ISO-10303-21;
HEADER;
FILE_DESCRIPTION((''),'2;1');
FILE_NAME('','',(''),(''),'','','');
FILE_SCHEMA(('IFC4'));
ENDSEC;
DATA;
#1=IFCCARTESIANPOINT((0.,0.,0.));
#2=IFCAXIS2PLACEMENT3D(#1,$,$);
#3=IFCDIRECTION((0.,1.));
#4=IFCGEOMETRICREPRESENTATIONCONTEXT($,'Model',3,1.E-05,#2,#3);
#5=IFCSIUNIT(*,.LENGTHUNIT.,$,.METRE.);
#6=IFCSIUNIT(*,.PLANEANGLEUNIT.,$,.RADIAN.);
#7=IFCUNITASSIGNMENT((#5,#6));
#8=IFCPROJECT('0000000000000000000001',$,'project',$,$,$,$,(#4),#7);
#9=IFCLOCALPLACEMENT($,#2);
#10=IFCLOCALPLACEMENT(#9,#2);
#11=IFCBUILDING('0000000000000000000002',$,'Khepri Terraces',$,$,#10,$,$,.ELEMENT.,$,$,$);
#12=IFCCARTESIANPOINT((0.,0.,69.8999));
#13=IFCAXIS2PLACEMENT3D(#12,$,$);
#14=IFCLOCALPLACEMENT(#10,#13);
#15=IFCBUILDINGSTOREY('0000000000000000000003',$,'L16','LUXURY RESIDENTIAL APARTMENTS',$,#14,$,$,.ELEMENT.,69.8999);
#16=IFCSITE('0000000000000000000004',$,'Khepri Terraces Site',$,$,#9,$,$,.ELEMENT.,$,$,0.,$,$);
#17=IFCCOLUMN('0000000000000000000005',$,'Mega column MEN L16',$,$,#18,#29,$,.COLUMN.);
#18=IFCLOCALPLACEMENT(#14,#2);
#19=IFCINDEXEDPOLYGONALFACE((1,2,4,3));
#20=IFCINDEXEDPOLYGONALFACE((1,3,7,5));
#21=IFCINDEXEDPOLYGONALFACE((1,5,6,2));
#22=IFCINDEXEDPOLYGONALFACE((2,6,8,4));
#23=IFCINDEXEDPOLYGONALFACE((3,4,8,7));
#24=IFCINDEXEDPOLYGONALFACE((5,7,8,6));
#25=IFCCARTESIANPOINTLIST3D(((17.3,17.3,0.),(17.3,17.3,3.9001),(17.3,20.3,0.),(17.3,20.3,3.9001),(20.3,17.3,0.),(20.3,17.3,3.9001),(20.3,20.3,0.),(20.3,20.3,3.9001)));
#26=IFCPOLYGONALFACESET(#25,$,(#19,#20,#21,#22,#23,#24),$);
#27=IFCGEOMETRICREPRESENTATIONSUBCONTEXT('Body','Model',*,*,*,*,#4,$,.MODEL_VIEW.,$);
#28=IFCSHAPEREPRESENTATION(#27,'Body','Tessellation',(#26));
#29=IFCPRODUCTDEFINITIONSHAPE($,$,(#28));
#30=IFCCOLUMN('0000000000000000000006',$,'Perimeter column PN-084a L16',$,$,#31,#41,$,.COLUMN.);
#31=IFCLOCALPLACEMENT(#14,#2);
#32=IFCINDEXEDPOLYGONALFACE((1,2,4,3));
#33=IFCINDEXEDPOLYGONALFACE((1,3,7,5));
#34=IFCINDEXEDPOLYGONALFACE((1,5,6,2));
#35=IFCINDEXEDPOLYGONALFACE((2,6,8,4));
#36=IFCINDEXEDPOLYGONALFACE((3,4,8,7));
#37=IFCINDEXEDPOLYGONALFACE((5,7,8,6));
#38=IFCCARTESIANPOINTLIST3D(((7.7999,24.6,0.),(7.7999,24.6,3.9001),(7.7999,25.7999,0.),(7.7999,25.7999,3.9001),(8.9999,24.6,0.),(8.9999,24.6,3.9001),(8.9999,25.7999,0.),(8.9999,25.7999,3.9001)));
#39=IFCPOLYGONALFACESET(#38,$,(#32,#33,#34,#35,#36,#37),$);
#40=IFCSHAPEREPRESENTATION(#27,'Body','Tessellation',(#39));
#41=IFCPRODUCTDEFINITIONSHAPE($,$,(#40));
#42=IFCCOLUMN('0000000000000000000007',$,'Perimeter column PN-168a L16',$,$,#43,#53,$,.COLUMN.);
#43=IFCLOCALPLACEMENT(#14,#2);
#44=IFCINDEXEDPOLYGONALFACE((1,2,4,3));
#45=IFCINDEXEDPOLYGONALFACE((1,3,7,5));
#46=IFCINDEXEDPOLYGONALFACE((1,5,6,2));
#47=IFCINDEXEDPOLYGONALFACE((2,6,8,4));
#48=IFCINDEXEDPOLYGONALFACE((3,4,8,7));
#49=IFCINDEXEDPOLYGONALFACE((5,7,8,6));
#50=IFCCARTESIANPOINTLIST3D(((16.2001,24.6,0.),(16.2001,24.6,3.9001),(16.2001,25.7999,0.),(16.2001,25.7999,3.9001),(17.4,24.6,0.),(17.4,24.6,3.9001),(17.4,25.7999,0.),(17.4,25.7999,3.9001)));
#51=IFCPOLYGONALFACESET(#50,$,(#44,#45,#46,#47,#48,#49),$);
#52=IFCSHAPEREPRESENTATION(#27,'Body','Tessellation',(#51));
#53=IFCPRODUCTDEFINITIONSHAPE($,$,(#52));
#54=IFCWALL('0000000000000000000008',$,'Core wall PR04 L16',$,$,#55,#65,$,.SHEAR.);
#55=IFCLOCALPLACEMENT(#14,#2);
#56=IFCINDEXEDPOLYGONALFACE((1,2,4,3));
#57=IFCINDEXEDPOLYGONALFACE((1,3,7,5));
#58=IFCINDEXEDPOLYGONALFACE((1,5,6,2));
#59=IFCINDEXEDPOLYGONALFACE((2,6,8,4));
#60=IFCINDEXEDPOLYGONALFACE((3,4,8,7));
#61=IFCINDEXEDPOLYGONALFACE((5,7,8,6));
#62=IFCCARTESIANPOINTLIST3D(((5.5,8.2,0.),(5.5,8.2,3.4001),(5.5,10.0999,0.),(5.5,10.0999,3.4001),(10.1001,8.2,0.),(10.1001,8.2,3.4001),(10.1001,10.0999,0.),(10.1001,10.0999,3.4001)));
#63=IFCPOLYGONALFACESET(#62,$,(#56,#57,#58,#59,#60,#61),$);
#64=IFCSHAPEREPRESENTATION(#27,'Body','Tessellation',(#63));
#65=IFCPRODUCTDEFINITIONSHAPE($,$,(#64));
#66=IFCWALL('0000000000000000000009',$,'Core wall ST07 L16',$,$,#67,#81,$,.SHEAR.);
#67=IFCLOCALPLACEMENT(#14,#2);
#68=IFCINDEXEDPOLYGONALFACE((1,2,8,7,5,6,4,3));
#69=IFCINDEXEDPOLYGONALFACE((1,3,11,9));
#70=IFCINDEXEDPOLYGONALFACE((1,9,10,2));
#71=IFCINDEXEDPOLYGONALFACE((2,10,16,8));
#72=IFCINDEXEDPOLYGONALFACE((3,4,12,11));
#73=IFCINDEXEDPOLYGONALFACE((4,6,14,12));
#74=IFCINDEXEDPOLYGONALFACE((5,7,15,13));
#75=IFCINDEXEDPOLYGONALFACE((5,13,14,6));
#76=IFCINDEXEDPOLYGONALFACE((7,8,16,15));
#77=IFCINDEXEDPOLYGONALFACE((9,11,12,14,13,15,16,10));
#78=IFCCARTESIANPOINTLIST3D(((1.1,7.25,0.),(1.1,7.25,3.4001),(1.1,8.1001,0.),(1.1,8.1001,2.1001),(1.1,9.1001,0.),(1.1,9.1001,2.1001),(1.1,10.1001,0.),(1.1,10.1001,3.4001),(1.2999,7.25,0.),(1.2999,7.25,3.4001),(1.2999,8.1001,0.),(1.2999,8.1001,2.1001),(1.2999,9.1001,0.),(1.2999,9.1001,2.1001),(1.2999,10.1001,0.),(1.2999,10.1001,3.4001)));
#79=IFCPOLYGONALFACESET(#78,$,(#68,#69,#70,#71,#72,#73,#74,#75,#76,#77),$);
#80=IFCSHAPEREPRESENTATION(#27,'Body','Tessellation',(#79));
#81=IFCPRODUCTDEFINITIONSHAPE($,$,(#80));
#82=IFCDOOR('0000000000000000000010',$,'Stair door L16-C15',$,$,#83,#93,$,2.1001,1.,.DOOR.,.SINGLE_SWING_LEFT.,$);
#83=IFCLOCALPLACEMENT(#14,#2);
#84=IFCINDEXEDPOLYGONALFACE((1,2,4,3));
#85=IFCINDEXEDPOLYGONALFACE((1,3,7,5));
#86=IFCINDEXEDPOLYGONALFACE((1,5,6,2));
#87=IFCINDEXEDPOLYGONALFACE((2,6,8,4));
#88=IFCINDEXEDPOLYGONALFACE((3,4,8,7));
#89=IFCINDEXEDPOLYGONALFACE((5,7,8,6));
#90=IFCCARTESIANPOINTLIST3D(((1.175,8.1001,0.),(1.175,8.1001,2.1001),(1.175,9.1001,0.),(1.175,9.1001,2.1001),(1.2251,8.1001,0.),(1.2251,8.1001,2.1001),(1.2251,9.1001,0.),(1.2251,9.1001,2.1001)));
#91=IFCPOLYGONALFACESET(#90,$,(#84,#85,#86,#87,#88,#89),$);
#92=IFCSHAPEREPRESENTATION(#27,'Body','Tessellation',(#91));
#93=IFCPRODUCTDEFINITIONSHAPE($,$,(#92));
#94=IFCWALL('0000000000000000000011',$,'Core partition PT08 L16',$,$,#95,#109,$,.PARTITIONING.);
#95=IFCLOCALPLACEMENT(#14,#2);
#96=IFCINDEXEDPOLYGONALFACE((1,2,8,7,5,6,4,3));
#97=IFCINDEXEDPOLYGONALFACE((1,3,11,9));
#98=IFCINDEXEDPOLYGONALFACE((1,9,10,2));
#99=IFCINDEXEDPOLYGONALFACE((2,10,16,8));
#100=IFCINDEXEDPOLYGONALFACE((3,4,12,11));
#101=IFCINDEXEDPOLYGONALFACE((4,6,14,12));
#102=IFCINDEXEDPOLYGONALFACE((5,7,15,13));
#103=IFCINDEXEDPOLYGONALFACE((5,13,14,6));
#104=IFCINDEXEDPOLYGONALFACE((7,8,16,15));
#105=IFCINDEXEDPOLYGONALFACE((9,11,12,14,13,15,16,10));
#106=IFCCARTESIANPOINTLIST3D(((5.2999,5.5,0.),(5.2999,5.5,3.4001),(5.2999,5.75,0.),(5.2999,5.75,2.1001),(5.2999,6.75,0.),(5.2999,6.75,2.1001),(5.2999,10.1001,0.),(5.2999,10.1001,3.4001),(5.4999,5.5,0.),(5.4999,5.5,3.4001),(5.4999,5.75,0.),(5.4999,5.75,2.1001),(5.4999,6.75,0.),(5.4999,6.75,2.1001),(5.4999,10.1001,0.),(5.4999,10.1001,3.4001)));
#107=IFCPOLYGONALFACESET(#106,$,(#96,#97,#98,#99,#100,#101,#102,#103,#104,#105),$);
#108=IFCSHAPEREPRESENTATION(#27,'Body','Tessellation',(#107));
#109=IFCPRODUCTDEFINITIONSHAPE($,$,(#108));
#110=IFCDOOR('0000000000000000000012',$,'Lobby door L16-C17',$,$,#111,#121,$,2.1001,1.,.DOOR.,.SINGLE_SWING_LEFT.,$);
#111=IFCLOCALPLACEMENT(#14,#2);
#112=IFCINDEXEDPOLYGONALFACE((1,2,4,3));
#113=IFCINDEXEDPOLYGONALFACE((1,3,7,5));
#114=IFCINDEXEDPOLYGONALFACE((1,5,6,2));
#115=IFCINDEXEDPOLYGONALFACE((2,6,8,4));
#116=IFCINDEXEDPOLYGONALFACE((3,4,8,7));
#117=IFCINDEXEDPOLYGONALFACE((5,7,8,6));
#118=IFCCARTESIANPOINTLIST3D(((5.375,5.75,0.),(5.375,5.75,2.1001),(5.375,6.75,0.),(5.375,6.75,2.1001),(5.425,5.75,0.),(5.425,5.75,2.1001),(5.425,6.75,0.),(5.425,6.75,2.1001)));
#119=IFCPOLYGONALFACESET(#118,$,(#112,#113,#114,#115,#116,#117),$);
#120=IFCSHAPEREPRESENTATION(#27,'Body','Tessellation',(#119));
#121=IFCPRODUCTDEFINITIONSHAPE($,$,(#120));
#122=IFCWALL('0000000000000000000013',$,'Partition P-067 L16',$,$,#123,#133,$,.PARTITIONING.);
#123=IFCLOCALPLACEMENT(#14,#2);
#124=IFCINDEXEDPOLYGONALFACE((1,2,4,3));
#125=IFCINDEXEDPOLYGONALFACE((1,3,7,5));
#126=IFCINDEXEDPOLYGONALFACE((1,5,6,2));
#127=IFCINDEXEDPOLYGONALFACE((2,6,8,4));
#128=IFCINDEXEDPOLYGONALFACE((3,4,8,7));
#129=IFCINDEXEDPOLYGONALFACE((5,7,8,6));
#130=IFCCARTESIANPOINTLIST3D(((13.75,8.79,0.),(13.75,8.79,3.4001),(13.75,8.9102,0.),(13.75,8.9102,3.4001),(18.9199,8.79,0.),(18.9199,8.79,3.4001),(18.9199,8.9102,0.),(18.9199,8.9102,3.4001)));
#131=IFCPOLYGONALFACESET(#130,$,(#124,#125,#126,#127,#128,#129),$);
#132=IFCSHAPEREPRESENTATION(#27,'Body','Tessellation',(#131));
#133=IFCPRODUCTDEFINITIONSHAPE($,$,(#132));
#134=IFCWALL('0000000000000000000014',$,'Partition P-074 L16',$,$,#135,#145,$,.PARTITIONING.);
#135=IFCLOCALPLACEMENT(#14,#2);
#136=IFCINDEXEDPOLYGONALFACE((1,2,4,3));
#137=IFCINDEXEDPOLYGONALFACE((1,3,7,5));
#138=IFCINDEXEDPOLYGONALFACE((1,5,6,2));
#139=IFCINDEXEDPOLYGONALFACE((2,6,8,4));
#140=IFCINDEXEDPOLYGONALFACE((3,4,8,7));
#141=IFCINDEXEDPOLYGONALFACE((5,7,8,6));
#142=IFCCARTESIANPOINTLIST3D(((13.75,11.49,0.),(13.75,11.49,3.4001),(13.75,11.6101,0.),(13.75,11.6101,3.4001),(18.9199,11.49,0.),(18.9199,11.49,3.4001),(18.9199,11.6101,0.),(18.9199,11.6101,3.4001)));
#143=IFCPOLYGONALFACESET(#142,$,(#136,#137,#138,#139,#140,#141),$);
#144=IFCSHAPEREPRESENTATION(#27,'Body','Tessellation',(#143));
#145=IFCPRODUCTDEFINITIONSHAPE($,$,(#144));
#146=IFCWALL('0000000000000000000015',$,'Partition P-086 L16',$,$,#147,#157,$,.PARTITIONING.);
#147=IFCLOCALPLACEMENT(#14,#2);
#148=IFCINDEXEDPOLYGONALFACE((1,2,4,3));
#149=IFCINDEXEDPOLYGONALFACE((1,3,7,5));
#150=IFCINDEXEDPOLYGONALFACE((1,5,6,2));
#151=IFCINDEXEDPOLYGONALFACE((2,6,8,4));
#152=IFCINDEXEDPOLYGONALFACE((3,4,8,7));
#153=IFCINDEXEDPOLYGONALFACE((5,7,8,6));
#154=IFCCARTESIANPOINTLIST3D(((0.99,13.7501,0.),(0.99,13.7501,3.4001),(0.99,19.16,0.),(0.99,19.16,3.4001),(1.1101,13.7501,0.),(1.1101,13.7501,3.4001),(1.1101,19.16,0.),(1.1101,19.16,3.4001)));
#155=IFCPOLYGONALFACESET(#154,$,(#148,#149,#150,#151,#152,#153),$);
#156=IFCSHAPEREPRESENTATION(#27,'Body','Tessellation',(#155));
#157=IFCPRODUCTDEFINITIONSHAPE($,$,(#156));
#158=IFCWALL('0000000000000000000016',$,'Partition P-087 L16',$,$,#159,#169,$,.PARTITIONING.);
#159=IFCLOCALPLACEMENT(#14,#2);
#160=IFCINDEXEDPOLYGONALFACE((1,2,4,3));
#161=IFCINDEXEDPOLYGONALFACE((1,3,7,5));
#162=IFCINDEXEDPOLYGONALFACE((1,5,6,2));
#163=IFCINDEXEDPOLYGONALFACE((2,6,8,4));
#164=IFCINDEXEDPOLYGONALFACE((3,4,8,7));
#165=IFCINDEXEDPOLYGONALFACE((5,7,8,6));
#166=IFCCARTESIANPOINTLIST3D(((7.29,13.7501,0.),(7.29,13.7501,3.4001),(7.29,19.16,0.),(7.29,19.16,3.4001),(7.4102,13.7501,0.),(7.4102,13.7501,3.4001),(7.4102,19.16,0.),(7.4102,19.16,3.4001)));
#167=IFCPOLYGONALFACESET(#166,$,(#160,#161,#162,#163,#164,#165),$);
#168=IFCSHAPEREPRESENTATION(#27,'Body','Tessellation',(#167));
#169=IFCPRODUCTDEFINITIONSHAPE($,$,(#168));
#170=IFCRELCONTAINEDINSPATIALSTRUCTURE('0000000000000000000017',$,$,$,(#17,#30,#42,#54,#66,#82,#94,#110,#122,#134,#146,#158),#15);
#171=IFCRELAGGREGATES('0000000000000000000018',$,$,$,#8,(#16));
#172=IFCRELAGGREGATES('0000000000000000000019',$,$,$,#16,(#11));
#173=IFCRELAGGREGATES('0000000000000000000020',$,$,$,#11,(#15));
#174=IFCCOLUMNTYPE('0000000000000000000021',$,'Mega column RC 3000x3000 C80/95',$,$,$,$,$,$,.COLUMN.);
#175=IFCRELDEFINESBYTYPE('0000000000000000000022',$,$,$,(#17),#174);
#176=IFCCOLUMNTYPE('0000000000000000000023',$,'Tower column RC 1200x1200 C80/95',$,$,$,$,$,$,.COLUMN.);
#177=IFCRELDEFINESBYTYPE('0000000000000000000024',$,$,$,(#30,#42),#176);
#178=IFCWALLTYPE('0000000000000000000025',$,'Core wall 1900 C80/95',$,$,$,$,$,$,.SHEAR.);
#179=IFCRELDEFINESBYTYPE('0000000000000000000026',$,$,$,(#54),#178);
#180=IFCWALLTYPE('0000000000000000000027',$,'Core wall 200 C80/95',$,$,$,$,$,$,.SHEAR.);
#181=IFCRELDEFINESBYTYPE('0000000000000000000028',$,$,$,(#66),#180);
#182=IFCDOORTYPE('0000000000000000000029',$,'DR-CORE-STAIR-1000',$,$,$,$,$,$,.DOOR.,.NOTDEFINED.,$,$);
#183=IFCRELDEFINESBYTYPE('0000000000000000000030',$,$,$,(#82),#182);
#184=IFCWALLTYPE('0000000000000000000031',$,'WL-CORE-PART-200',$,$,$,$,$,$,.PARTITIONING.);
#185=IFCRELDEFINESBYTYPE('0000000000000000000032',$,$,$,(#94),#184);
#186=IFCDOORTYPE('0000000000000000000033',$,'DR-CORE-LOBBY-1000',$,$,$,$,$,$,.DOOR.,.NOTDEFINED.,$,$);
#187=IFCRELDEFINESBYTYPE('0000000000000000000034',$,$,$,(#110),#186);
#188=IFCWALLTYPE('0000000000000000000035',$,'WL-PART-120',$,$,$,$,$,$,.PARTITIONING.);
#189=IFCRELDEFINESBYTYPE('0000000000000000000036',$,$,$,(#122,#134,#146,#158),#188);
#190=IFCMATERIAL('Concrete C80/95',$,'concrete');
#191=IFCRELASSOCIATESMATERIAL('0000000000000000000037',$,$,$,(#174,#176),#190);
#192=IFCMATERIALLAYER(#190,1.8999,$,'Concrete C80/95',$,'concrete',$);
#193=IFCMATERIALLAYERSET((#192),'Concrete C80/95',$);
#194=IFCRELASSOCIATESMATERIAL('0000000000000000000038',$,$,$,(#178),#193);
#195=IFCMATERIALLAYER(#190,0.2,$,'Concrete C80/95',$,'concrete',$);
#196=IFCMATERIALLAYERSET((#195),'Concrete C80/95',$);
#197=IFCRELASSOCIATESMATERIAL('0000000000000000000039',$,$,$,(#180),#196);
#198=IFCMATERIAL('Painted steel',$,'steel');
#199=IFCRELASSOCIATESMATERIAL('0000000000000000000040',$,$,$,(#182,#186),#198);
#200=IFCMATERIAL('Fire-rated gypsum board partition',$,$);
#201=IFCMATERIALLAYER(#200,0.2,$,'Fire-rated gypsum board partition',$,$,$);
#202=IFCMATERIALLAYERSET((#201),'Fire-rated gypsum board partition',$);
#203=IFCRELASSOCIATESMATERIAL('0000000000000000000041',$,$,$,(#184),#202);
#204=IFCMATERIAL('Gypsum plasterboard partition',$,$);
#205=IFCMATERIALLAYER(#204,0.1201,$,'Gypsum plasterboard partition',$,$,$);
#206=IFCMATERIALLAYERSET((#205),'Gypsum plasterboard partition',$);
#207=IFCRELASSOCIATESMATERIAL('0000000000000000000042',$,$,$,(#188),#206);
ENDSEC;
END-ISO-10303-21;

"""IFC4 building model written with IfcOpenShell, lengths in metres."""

from ifc_helpers import new_model, si_unit, direction, frame, frame_2d, origin, origin_2d, place, context, subcontext, project, spatial, rectangle, extrude, material, layer, layer_set, material_profile, profile_set, type_object, element, fill, save


model = new_model("IFC4")

# Units and contexts
model_context = context("Model", 3, precision=1e-05, world=origin(), true_north=direction((0.0, 1.0)))
body_context = subcontext(model_context, "Body", "Model", "MODEL_VIEW")
ifc_project = project(units=[si_unit("LENGTHUNIT", "METRE"), si_unit("PLANEANGLEUNIT", "RADIAN")], contexts=[model_context])

# Site, building, storey
site_placement = place(None, origin())
site = spatial("IfcSite", under=ifc_project, at=site_placement, Name="Khepri Terraces Site", CompositionType="ELEMENT", RefElevation=0.0)
building_placement = place(site_placement, origin())
building = spatial("IfcBuilding", under=site, at=building_placement, Name="Khepri Terraces", CompositionType="ELEMENT")
storey_placement = place(building_placement, frame((0.0, 0.0, 69.8999)))
storey = spatial("IfcBuildingStorey", under=building, at=storey_placement, Name="L16", Description="LUXURY RESIDENTIAL APARTMENTS", CompositionType="ELEMENT", Elevation=69.8999)

# Columns
ifc_material_1 = material(Name="Concrete C80/95", Category="concrete")
ifc_material_profile_1 = material_profile(ifc_material_1, rectangle(XDim=3.0, YDim=3.0, at=origin_2d()), Name="Concrete C80/95", Category="concrete")
ifc_profile_set_1 = profile_set([ifc_material_profile_1], Name="Concrete C80/95")
column_type_1 = type_object("IfcColumnType", Name="Mega column RC 3000x3000 C80/95", PredefinedType="COLUMN", material=ifc_profile_set_1)
column_placement = place(storey_placement, frame((18.8, 18.8, 0.0), z_axis=(0.0, 0.0, 1.0), x_axis=(1.0, 0.0, 0.0)))
element("IfcColumn", 1, at=column_placement, inside=storey, type_object=column_type_1, Name="Mega column MEN L16", PredefinedType="COLUMN", context=body_context, shape_type="SweptSolid", body=[
    extrude(rectangle(XDim=3.0, YDim=3.0, at=origin_2d()), origin(), (0.0, 0.0, 1.0), 3.9001),
])
ifc_material_profile_2 = material_profile(ifc_material_1, rectangle(XDim=1.2, YDim=1.2, at=origin_2d()), Name="Concrete C80/95", Category="concrete")
ifc_profile_set_2 = profile_set([ifc_material_profile_2], Name="Concrete C80/95")
column_type_2 = type_object("IfcColumnType", Name="Tower column RC 1200x1200 C80/95", PredefinedType="COLUMN", material=ifc_profile_set_2)
for number, where, z_axis, x_axis, name in (
    (2, (8.3999, 25.2, 0.0), (0.0, 0.0, 1.0), (1.0, 0.0, 0.0), "Perimeter column PN-084a L16"),
    (3, (16.8, 25.2, 0.0), (0.0, 0.0, 1.0), (1.0, 0.0, 0.0), "Perimeter column PN-168a L16"),
):
    element("IfcColumn", number, at=place(storey_placement, frame(where, z_axis=z_axis, x_axis=x_axis)), inside=storey, type_object=column_type_2, Name=name, PredefinedType="COLUMN", context=body_context, shape_type="SweptSolid", body=[
        extrude(rectangle(XDim=1.2, YDim=1.2, at=origin_2d()), origin(), (0.0, 0.0, 1.0), 3.9001),
    ])

# Wall
ifc_layer_1 = layer(ifc_material_1, 1.8999, Name="Concrete C80/95", Category="concrete")
ifc_layer_set_1 = layer_set([ifc_layer_1], Name="Concrete C80/95")
wall_type_1 = type_object("IfcWallType", Name="Core wall 1900 C80/95", PredefinedType="SHEAR", material=ifc_layer_set_1)
wall_1_placement = place(storey_placement, frame((5.5, 9.1499, 0.0), z_axis=(0.0, 0.0, 1.0), x_axis=(1.0, 0.0, 0.0)))
element("IfcWall", 4, at=wall_1_placement, inside=storey, type_object=wall_type_1, Name="Core wall PR04 L16", PredefinedType="SHEAR", context=body_context, shape_type="SweptSolid", body=[
    extrude(rectangle(XDim=4.6001, YDim=1.8999, at=frame_2d((2.3, 0.0))), origin(), (0.0, 0.0, 1.0), 3.4001),
])

# Walls, openings, doors
ifc_layer_2 = layer(ifc_material_1, 0.2, Name="Concrete C80/95", Category="concrete")
ifc_layer_set_2 = layer_set([ifc_layer_2], Name="Concrete C80/95")
wall_type_2 = type_object("IfcWallType", Name="Core wall 200 C80/95", PredefinedType="SHEAR", material=ifc_layer_set_2)
wall_2_placement = place(storey_placement, frame((1.2, 7.25, 0.0), z_axis=(0.0, 0.0, 1.0), x_axis=(0.0, 1.0, 0.0)))
wall_2 = element("IfcWall", 5, at=wall_2_placement, inside=storey, type_object=wall_type_2, Name="Core wall ST07 L16", PredefinedType="SHEAR", context=body_context, shape_type="SweptSolid", body=[
    extrude(rectangle(XDim=2.8501, YDim=0.2, at=frame_2d((1.425, 0.0))), origin(), (0.0, 0.0, 1.0), 3.4001),
])
opening_1_placement = place(wall_2_placement, frame((0.8501, 0.0, 0.0)))
opening_1 = element("IfcOpeningElement", 6, at=opening_1_placement, cuts=wall_2, PredefinedType="OPENING", context=body_context, shape_type="SweptSolid", body=[
    extrude(rectangle(XDim=1.0, YDim=2.1001, at=frame_2d((0.5, 1.05))), frame((0.0, 0.1099, 0.0), z_axis=(0.0, -1.0, 0.0), x_axis=(1.0, 0.0, 0.0)), (0.0, 0.0, 1.0), 0.22),
])
ifc_material_2 = material(Name="Painted steel", Category="steel")
door_type_1 = type_object("IfcDoorType", Name="DR-CORE-STAIR-1000", OperationType="NOTDEFINED", PredefinedType="DOOR", material=ifc_material_2)
door_1_placement = place(opening_1_placement, origin())
door_1 = element("IfcDoor", 7, at=door_1_placement, inside=storey, type_object=door_type_1, Name="Stair door L16-C15", OperationType="SINGLE_SWING_LEFT", OverallHeight=2.1001, OverallWidth=1.0, PredefinedType="DOOR", context=body_context, shape_type="SweptSolid", body=[
    extrude(rectangle(XDim=1.0, YDim=2.1001, at=frame_2d((0.5, 1.05))), frame((0.0, 0.0249, 0.0), z_axis=(0.0, -1.0, 0.0), x_axis=(1.0, 0.0, 0.0)), (0.0, 0.0, 1.0), 0.05),
])
fill(opening_1, door_1)
ifc_material_3 = material(Name="Fire-rated gypsum board partition")
ifc_layer_3 = layer(ifc_material_3, 0.2, Name="Fire-rated gypsum board partition")
ifc_layer_set_3 = layer_set([ifc_layer_3], Name="Fire-rated gypsum board partition")
wall_type_3 = type_object("IfcWallType", Name="WL-CORE-PART-200", PredefinedType="PARTITIONING", material=ifc_layer_set_3)
wall_3_placement = place(storey_placement, frame((5.3999, 5.5, 0.0), z_axis=(0.0, 0.0, 1.0), x_axis=(0.0, 1.0, 0.0)))
wall_3 = element("IfcWall", 8, at=wall_3_placement, inside=storey, type_object=wall_type_3, Name="Core partition PT08 L16", PredefinedType="PARTITIONING", context=body_context, shape_type="SweptSolid", body=[
    extrude(rectangle(XDim=4.6001, YDim=0.2, at=frame_2d((2.3, 0.0))), origin(), (0.0, 0.0, 1.0), 3.4001),
])
opening_2_placement = place(wall_3_placement, frame((0.25, 0.0, 0.0)))
opening_2 = element("IfcOpeningElement", 9, at=opening_2_placement, cuts=wall_3, PredefinedType="OPENING", context=body_context, shape_type="SweptSolid", body=[
    extrude(rectangle(XDim=1.0, YDim=2.1001, at=frame_2d((0.5, 1.05))), frame((0.0, 0.1099, 0.0), z_axis=(0.0, -1.0, 0.0), x_axis=(1.0, 0.0, 0.0)), (0.0, 0.0, 1.0), 0.22),
])
door_type_2 = type_object("IfcDoorType", Name="DR-CORE-LOBBY-1000", OperationType="NOTDEFINED", PredefinedType="DOOR", material=ifc_material_2)
door_2_placement = place(opening_2_placement, origin())
door_2 = element("IfcDoor", 10, at=door_2_placement, inside=storey, type_object=door_type_2, Name="Lobby door L16-C17", OperationType="SINGLE_SWING_LEFT", OverallHeight=2.1001, OverallWidth=1.0, PredefinedType="DOOR", context=body_context, shape_type="SweptSolid", body=[
    extrude(rectangle(XDim=1.0, YDim=2.1001, at=frame_2d((0.5, 1.05))), frame((0.0, 0.0249, 0.0), z_axis=(0.0, -1.0, 0.0), x_axis=(1.0, 0.0, 0.0)), (0.0, 0.0, 1.0), 0.05),
])
fill(opening_2, door_2)

# Walls
ifc_material_4 = material(Name="Gypsum plasterboard partition")
ifc_layer_4 = layer(ifc_material_4, 0.1201, Name="Gypsum plasterboard partition")
ifc_layer_set_4 = layer_set([ifc_layer_4], Name="Gypsum plasterboard partition")
wall_type_4 = type_object("IfcWallType", Name="WL-PART-120", PredefinedType="PARTITIONING", material=ifc_layer_set_4)
for number, where, z_axis, x_axis, name in (
    (11, (13.75, 8.8501, 0.0), (0.0, 0.0, 1.0), (1.0, 0.0, 0.0), "Partition P-067 L16"),
    (12, (13.75, 11.55, 0.0), (0.0, 0.0, 1.0), (1.0, 0.0, 0.0), "Partition P-074 L16"),
):
    element("IfcWall", number, at=place(storey_placement, frame(where, z_axis=z_axis, x_axis=x_axis)), inside=storey, type_object=wall_type_4, Name=name, PredefinedType="PARTITIONING", context=body_context, shape_type="SweptSolid", body=[
        extrude(rectangle(XDim=5.1699, YDim=0.1201, at=frame_2d((2.585, 0.0))), origin(), (0.0, 0.0, 1.0), 3.4001),
    ])
for number, where, z_axis, x_axis, name in (
    (13, (1.05, 13.75, 0.0), (0.0, 0.0, 1.0), (0.0, 1.0, 0.0), "Partition P-086 L16"),
    (14, (7.3501, 13.75, 0.0), (0.0, 0.0, 1.0), (0.0, 1.0, 0.0), "Partition P-087 L16"),
):
    element("IfcWall", number, at=place(storey_placement, frame(where, z_axis=z_axis, x_axis=x_axis)), inside=storey, type_object=wall_type_4, Name=name, PredefinedType="PARTITIONING", context=body_context, shape_type="SweptSolid", body=[
        extrude(rectangle(XDim=5.4099, YDim=0.1201, at=frame_2d((2.7051, 0.0))), origin(), (0.0, 0.0, 1.0), 3.4001),
    ])

save(model, "model.ifc")
